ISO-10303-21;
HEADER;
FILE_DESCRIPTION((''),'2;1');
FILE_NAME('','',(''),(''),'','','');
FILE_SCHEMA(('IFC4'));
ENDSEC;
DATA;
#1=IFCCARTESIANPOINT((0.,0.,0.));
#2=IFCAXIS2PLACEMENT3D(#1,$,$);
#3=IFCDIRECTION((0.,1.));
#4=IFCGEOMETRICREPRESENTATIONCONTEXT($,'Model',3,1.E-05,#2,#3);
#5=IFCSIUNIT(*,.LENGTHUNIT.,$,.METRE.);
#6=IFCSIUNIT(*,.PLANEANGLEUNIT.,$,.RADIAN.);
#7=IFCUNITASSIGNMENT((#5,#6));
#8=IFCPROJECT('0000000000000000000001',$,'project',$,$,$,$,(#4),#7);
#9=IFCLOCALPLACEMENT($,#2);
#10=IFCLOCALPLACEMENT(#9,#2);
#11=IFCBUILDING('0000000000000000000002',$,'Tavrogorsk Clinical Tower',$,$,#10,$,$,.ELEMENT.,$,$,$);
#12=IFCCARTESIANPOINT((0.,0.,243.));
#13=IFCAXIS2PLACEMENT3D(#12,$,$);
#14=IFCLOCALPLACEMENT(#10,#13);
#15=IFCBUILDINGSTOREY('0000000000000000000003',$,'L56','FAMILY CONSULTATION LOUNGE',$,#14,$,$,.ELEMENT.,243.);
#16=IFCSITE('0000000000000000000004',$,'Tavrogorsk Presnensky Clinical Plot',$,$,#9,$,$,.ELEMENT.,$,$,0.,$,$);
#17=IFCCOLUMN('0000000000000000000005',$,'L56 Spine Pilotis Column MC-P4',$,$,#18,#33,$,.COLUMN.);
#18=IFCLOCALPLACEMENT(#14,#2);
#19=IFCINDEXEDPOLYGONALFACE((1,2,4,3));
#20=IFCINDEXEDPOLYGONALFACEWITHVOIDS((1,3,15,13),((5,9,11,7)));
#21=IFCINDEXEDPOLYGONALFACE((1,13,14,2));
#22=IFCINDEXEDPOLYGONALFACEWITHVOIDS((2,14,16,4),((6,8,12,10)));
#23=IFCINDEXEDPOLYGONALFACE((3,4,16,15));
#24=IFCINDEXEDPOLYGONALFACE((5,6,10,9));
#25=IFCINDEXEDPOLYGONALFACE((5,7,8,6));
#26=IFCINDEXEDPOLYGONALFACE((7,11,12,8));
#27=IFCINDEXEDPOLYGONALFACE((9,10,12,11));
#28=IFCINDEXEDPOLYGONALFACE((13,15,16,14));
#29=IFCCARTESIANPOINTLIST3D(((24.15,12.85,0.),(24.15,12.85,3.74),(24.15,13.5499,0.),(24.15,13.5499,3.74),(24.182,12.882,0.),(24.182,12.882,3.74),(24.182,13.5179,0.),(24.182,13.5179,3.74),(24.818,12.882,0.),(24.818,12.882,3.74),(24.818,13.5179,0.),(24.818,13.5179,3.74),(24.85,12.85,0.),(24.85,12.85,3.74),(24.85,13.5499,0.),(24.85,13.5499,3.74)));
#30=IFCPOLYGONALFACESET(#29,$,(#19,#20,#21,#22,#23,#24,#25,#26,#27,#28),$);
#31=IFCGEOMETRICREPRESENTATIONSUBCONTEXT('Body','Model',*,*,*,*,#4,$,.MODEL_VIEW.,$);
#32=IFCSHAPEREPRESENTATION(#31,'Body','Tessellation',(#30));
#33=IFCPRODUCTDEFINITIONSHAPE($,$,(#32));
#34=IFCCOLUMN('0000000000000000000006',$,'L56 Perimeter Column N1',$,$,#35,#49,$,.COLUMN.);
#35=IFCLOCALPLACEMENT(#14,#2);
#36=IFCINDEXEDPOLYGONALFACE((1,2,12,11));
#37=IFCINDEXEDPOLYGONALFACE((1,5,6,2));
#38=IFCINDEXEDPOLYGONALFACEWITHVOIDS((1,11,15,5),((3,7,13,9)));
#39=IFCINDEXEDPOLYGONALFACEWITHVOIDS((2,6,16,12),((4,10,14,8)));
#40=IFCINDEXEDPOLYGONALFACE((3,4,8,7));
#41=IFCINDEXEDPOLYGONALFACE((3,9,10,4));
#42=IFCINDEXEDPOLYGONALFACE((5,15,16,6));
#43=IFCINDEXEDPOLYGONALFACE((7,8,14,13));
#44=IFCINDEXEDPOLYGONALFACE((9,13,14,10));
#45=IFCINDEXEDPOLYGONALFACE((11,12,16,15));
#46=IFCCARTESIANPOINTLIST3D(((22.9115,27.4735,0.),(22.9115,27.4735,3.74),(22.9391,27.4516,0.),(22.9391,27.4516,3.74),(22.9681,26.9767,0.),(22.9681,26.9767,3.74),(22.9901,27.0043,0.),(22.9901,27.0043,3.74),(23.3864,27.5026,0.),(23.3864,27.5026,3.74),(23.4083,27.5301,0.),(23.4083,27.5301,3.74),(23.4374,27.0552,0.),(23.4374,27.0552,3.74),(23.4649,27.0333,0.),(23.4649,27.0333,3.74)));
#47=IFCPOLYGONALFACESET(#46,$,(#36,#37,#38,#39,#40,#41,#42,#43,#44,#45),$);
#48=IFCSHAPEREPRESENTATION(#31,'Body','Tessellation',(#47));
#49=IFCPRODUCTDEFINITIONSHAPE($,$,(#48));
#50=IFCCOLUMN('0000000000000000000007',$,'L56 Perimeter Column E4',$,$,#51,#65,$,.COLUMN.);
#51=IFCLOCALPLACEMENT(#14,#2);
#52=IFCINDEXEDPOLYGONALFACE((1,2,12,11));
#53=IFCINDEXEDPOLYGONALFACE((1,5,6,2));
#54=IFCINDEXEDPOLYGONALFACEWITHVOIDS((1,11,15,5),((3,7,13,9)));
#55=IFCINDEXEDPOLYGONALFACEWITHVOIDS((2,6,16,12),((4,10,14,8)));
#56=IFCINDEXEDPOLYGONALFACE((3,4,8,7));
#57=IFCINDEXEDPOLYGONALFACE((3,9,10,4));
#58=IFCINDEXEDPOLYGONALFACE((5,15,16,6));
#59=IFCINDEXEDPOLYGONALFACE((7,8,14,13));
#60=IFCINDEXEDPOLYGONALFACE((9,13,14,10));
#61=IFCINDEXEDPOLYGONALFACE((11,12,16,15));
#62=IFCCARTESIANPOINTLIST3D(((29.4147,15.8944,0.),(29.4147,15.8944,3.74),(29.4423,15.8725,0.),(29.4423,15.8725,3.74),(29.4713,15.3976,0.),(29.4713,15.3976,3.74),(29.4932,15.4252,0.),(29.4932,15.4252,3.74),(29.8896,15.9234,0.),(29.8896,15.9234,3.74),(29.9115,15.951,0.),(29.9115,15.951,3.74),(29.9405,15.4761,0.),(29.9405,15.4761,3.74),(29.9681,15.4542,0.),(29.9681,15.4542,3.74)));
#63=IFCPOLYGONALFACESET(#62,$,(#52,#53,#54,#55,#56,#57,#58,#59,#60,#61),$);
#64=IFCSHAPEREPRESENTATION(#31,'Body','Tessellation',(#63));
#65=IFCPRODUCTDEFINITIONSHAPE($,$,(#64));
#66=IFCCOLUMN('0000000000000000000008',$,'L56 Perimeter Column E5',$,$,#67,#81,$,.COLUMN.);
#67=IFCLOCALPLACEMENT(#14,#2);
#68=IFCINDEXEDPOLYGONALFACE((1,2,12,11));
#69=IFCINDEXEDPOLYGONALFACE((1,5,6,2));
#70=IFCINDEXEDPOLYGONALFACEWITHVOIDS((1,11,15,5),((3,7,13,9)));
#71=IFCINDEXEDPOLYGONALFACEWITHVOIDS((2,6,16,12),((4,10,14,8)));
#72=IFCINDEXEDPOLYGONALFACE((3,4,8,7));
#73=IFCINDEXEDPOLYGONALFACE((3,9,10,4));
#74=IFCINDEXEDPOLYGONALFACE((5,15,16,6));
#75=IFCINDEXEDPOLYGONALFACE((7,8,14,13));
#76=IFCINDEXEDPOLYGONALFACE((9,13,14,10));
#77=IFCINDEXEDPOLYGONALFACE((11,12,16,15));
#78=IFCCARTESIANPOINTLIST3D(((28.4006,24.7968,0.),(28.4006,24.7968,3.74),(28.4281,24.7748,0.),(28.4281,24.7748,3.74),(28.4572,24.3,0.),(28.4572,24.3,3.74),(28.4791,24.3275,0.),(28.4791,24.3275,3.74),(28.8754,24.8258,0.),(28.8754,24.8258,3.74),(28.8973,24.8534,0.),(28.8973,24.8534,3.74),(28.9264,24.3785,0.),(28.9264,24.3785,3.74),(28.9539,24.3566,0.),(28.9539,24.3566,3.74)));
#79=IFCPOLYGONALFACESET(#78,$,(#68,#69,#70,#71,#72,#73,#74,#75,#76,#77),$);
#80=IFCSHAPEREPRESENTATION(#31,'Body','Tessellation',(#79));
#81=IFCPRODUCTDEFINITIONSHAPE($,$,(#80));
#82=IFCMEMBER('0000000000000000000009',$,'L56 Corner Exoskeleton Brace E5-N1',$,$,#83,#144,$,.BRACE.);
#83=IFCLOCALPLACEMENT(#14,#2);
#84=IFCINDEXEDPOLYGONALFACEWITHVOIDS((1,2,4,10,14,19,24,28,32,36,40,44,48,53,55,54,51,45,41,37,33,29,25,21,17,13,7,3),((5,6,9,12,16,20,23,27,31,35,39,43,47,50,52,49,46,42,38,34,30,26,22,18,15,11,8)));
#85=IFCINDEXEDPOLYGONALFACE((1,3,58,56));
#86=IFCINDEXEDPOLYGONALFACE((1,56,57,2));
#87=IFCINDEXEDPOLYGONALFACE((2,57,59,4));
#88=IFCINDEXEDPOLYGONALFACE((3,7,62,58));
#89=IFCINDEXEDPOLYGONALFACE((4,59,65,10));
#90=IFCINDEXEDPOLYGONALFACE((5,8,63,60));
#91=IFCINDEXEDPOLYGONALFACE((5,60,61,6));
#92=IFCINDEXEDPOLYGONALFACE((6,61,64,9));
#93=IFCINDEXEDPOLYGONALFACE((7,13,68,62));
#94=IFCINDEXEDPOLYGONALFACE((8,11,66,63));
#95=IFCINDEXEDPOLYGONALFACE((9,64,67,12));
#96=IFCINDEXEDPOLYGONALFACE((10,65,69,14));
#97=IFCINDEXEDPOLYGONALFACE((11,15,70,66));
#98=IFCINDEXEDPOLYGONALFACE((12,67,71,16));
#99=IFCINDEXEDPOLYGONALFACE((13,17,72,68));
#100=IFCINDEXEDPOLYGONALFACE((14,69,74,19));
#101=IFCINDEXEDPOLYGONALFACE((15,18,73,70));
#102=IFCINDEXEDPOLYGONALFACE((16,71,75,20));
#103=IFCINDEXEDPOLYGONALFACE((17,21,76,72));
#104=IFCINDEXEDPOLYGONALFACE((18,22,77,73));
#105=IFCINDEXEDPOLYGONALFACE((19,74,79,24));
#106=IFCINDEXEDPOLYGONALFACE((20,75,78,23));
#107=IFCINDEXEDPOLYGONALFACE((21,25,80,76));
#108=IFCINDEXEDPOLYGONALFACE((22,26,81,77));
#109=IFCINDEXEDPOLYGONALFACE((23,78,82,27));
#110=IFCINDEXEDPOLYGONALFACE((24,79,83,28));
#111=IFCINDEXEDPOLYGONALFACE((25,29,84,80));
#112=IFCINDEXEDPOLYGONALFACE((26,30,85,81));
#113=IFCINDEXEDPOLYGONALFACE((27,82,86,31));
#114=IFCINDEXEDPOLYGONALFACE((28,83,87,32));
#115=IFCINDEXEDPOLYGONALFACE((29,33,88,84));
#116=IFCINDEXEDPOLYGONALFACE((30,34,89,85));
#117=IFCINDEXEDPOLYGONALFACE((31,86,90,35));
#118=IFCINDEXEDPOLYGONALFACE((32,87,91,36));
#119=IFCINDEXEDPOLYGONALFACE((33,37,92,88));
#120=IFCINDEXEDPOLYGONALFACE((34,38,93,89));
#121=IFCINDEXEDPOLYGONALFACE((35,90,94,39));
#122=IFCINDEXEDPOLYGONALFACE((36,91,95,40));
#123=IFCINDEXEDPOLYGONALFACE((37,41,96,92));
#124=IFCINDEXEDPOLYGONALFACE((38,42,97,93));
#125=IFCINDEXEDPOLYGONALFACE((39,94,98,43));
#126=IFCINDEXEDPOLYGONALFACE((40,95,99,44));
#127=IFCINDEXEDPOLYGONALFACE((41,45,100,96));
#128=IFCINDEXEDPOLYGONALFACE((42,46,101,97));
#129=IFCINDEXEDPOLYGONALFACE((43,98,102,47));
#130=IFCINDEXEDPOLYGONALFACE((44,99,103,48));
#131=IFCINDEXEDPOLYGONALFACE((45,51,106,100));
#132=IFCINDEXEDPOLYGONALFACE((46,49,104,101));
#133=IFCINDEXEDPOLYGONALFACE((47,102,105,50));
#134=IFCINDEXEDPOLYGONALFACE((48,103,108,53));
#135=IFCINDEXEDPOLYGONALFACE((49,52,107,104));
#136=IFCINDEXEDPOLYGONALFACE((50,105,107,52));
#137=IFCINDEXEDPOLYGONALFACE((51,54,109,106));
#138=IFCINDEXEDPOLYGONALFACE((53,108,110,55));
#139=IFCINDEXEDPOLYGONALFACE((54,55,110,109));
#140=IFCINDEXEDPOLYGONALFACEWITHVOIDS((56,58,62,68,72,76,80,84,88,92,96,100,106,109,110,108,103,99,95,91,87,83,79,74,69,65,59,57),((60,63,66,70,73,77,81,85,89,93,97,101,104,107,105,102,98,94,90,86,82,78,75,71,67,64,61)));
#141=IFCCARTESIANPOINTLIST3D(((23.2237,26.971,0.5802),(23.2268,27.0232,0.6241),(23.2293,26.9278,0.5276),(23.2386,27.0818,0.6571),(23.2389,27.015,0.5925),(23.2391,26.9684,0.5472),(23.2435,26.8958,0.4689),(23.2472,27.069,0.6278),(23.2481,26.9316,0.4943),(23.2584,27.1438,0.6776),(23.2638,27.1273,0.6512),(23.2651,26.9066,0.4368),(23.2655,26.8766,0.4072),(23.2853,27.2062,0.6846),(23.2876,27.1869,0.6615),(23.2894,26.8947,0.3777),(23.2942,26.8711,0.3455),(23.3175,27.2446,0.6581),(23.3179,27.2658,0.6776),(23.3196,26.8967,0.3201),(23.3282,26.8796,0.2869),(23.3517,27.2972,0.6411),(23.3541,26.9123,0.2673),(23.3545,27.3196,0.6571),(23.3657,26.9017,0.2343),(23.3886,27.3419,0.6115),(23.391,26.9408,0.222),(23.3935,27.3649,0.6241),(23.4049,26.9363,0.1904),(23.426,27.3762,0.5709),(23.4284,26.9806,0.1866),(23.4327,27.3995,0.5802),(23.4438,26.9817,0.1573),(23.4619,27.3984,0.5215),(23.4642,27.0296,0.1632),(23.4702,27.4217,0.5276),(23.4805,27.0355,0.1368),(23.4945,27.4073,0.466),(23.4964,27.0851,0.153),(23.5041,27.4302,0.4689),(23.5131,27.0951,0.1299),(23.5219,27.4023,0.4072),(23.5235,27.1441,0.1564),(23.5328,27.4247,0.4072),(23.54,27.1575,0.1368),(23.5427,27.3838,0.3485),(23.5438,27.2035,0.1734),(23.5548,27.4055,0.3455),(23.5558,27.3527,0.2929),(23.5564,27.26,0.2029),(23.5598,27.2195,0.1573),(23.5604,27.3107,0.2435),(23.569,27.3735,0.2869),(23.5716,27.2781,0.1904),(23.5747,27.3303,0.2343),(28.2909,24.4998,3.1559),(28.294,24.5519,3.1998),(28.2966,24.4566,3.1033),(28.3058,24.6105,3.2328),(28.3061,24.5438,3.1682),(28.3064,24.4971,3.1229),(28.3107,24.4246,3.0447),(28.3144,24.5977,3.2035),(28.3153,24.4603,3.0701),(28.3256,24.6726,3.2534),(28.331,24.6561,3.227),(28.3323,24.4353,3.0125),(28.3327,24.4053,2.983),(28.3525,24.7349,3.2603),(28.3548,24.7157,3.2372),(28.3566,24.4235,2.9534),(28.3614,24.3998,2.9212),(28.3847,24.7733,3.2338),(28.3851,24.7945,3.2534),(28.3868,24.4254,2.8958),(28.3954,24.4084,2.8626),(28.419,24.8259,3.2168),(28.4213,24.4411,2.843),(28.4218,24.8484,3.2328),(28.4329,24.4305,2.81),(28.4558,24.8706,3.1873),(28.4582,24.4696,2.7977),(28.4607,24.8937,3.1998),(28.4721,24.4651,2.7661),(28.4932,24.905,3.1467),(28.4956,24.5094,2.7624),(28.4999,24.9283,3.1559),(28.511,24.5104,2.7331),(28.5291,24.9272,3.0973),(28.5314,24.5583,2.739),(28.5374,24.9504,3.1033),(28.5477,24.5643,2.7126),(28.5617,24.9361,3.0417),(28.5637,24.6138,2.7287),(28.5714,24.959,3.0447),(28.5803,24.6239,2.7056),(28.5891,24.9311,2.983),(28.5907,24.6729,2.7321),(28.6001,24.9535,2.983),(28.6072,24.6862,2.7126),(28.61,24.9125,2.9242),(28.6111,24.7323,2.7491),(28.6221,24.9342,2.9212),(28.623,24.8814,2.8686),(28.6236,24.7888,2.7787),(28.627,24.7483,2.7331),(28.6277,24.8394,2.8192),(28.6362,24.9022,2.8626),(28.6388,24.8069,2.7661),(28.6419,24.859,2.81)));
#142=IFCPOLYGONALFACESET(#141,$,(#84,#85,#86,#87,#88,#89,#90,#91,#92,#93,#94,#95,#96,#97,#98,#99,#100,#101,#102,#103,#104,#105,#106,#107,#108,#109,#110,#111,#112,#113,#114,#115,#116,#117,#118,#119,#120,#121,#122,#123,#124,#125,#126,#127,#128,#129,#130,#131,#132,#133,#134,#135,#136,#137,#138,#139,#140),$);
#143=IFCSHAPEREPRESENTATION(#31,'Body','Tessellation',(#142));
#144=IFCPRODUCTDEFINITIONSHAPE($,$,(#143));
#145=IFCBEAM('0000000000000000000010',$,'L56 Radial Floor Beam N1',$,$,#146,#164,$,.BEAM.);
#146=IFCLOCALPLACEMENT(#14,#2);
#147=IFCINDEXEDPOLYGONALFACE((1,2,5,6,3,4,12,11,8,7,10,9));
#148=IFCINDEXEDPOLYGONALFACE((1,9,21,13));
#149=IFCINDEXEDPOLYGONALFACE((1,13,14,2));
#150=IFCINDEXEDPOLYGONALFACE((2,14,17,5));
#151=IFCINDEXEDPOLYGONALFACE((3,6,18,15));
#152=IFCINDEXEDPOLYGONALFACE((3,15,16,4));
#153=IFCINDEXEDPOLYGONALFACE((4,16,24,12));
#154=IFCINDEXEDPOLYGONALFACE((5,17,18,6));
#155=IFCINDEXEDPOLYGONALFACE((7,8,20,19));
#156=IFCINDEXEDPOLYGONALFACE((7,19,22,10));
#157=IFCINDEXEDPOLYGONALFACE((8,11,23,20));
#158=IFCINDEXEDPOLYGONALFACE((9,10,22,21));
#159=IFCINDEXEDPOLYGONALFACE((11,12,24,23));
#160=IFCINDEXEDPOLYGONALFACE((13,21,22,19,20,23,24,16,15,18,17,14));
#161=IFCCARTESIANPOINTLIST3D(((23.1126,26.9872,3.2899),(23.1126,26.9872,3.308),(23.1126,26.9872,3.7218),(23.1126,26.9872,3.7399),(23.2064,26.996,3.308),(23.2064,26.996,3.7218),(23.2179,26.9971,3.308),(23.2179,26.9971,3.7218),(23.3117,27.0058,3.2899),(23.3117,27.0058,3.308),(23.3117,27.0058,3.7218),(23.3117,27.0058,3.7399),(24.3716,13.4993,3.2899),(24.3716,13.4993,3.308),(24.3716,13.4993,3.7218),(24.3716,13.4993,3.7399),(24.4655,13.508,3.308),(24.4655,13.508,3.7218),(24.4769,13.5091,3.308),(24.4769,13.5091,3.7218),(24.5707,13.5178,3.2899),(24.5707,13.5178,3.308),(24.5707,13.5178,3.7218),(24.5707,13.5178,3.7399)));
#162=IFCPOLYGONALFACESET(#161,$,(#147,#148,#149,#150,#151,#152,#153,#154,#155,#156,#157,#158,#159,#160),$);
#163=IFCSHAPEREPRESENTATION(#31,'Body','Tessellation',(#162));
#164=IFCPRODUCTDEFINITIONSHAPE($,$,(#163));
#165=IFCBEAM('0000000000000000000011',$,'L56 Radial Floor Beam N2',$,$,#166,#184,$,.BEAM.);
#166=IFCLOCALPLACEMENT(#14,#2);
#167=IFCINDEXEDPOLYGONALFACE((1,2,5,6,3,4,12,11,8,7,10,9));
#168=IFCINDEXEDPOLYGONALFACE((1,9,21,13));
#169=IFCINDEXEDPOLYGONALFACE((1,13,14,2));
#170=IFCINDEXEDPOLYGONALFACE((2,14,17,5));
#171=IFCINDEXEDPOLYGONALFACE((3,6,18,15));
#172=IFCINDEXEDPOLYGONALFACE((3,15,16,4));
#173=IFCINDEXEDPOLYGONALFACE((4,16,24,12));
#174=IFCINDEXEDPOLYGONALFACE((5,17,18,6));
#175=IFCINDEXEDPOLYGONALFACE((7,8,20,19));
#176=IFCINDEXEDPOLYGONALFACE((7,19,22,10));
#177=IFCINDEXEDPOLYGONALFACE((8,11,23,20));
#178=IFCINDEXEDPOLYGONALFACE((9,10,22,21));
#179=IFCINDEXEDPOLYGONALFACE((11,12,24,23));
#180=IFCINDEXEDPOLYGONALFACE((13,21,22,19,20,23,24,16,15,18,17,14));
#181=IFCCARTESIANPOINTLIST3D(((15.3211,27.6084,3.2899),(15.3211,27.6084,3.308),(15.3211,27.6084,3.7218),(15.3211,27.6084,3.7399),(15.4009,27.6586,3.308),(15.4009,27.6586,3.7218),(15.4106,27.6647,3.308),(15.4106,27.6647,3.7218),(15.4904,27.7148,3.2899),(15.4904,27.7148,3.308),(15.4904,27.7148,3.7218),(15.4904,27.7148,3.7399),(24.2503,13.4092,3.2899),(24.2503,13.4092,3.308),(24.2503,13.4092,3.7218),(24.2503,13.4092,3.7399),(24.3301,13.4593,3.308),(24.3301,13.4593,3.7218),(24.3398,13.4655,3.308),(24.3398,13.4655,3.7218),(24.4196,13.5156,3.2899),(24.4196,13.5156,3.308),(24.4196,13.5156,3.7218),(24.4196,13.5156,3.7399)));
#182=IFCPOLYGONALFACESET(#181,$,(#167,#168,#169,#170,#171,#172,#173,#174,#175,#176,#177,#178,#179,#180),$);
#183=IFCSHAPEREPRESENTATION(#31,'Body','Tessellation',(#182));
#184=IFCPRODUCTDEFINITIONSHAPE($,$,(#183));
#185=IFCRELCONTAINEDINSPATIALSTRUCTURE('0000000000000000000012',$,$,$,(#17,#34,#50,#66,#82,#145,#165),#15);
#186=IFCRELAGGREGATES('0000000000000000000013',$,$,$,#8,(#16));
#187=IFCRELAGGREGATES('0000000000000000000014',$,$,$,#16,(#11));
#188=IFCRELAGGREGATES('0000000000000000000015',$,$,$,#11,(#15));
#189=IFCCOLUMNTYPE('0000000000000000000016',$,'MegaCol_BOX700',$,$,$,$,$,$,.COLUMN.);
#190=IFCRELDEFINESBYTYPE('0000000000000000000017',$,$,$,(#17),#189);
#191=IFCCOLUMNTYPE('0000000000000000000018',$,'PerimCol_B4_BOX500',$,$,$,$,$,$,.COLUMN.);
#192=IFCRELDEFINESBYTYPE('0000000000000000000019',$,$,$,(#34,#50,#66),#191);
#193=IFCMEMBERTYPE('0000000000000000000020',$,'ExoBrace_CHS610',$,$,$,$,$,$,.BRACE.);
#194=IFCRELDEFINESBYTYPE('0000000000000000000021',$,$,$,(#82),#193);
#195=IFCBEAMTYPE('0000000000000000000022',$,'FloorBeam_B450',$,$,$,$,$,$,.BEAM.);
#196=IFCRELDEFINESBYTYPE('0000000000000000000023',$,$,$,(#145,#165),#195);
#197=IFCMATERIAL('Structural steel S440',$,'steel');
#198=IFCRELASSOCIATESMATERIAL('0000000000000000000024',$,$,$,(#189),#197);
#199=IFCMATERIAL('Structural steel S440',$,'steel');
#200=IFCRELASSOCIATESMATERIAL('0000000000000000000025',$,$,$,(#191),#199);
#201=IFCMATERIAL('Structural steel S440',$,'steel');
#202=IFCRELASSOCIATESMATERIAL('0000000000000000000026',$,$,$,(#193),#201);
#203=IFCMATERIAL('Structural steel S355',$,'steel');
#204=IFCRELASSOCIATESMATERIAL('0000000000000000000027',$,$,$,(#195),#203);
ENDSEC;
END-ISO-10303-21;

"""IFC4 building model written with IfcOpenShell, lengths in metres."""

from ifc_helpers import new_model, si_unit, direction, frame, origin, origin_2d, place, context, subcontext, project, spatial, hollow_rectangle, hollow_circle, i_section, extrude, material, material_profile, profile_set, type_object, element, save


model = new_model("IFC4")

# Units and contexts
model_context = context("Model", 3, precision=1e-05, world=origin(), true_north=direction((0.0, 1.0)))
body_context = subcontext(model_context, "Body", "Model", "MODEL_VIEW")
ifc_project = project(units=[si_unit("LENGTHUNIT", "METRE"), si_unit("PLANEANGLEUNIT", "RADIAN")], contexts=[model_context])

# Site, building, storey
site_placement = place(None, origin())
site = spatial("IfcSite", under=ifc_project, at=site_placement, Name="Tavrogorsk Presnensky Clinical Plot", CompositionType="ELEMENT", RefElevation=0.0)
building_placement = place(site_placement, origin())
building = spatial("IfcBuilding", under=site, at=building_placement, Name="Tavrogorsk Clinical Tower", CompositionType="ELEMENT")
storey_placement = place(building_placement, frame((0.0, 0.0, 243.0)))
storey = spatial("IfcBuildingStorey", under=building, at=storey_placement, Name="L56", Description="FAMILY CONSULTATION LOUNGE", CompositionType="ELEMENT", Elevation=243.0)

# Columns
ifc_material_1 = material(Name="Structural steel S440", Category="steel")
ifc_material_profile_1 = material_profile(ifc_material_1, hollow_rectangle(XDim=0.7, YDim=0.7, WallThickness=0.032, at=origin_2d()), Name="BOX-700x700x32")
ifc_profile_set_1 = profile_set([ifc_material_profile_1], Name="Structural steel S440")
column_type_1 = type_object("IfcColumnType", Name="MegaCol_BOX700", PredefinedType="COLUMN", material=ifc_profile_set_1)
column_placement = place(storey_placement, frame((24.5, 13.2, 0.0), z_axis=(0.0, 0.0, 1.0), x_axis=(1.0, 0.0, 0.0)))
element("IfcColumn", 1, at=column_placement, inside=storey, type_object=column_type_1, Name="L56 Spine Pilotis Column MC-P4", PredefinedType="COLUMN", context=body_context, shape_type="SweptSolid", body=[
    extrude(hollow_rectangle(XDim=0.7, YDim=0.7, WallThickness=0.032, at=origin_2d()), origin(), (0.0, 0.0, 1.0), 3.74),
])
ifc_material_2 = material(Name="Structural steel S440", Category="steel")
ifc_material_profile_2 = material_profile(ifc_material_2, hollow_rectangle(XDim=0.5, YDim=0.5, WallThickness=0.0249, at=origin_2d()), Name="BOX-500x500x25")
ifc_profile_set_2 = profile_set([ifc_material_profile_2], Name="Structural steel S440")
column_type_2 = type_object("IfcColumnType", Name="PerimCol_B4_BOX500", PredefinedType="COLUMN", material=ifc_profile_set_2)
for number, where, z_axis, x_axis, name in (
    (2, (23.1882, 27.2534, 0.0), (0.0, 0.0, 1.0), (0.993572, 0.113203, 0.0), "L56 Perimeter Column N1"),
    (3, (29.6914, 15.6743, 0.0), (0.0, 0.0, 1.0), (0.993572, 0.113203, 0.0), "L56 Perimeter Column E4"),
    (4, (28.6772, 24.5767, 0.0), (0.0, 0.0, 1.0), (0.993572, 0.113203, 0.0), "L56 Perimeter Column E5"),
):
    element("IfcColumn", number, at=place(storey_placement, frame(where, z_axis=z_axis, x_axis=x_axis)), inside=storey, type_object=column_type_2, Name=name, PredefinedType="COLUMN", context=body_context, shape_type="SweptSolid", body=[
        extrude(hollow_rectangle(XDim=0.5, YDim=0.5, WallThickness=0.0249, at=origin_2d()), origin(), (0.0, 0.0, 1.0), 3.74),
    ])

# Member
ifc_material_3 = material(Name="Structural steel S440", Category="steel")
ifc_material_profile_3 = material_profile(ifc_material_3, hollow_circle(Radius=0.3049, WallThickness=0.0249, at=origin_2d()), Name="CHS-610x25")
ifc_profile_set_3 = profile_set([ifc_material_profile_3], Name="Structural steel S440")
member_type_1 = type_object("IfcMemberType", Name="ExoBrace_CHS610", PredefinedType="BRACE", material=ifc_profile_set_3)
member_placement = place(storey_placement, frame((23.3992, 27.1506, 0.4072), z_axis=(0.817527, -0.398699, 0.415558), x_axis=(0.43834, 0.898809, 0.0)))
element("IfcMember", 5, at=member_placement, inside=storey, type_object=member_type_1, Name="L56 Corner Exoskeleton Brace E5-N1", PredefinedType="BRACE", context=body_context, shape_type="SweptSolid", body=[
    extrude(hollow_circle(Radius=0.3049, WallThickness=0.0249, at=origin_2d()), origin(), (0.0, 0.0, 1.0), 6.1982),
])

# Beams
ifc_material_4 = material(Name="Structural steel S355", Category="steel")
ifc_material_profile_4 = material_profile(ifc_material_4, i_section(OverallWidth=0.2, OverallDepth=0.45, WebThickness=0.0115, FlangeThickness=0.0181, at=origin_2d()), Name="B-450x200x11.5x18")
ifc_profile_set_4 = profile_set([ifc_material_profile_4], Name="Structural steel S355")
beam_type_1 = type_object("IfcBeamType", Name="FloorBeam_B450", PredefinedType="BEAM", material=ifc_profile_set_4)
beam_1_placement = place(storey_placement, frame((24.4712, 13.5085, 3.5149), z_axis=(-0.09294, 0.995672, 0.0), x_axis=(-0.995672, -0.09294, 0.0)))
element("IfcBeam", 6, at=beam_1_placement, inside=storey, type_object=beam_type_1, Name="L56 Radial Floor Beam N1", PredefinedType="BEAM", context=body_context, shape_type="SweptSolid", body=[
    extrude(i_section(OverallWidth=0.2, OverallDepth=0.45, WebThickness=0.0115, FlangeThickness=0.0181, at=origin_2d()), origin(), (0.0, 0.0, 1.0), 13.5466),
])
beam_2_placement = place(storey_placement, frame((24.335, 13.4624, 3.5149), z_axis=(-0.532341, 0.84653, 0.0), x_axis=(-0.84653, -0.532341, 0.0)))
element("IfcBeam", 7, at=beam_2_placement, inside=storey, type_object=beam_type_1, Name="L56 Radial Floor Beam N2", PredefinedType="BEAM", context=body_context, shape_type="SweptSolid", body=[
    extrude(i_section(OverallWidth=0.2, OverallDepth=0.45, WebThickness=0.0115, FlangeThickness=0.0181, at=origin_2d()), origin(), (0.0, 0.0, 1.0), 16.7734),
])

save(model, "model.ifc")
